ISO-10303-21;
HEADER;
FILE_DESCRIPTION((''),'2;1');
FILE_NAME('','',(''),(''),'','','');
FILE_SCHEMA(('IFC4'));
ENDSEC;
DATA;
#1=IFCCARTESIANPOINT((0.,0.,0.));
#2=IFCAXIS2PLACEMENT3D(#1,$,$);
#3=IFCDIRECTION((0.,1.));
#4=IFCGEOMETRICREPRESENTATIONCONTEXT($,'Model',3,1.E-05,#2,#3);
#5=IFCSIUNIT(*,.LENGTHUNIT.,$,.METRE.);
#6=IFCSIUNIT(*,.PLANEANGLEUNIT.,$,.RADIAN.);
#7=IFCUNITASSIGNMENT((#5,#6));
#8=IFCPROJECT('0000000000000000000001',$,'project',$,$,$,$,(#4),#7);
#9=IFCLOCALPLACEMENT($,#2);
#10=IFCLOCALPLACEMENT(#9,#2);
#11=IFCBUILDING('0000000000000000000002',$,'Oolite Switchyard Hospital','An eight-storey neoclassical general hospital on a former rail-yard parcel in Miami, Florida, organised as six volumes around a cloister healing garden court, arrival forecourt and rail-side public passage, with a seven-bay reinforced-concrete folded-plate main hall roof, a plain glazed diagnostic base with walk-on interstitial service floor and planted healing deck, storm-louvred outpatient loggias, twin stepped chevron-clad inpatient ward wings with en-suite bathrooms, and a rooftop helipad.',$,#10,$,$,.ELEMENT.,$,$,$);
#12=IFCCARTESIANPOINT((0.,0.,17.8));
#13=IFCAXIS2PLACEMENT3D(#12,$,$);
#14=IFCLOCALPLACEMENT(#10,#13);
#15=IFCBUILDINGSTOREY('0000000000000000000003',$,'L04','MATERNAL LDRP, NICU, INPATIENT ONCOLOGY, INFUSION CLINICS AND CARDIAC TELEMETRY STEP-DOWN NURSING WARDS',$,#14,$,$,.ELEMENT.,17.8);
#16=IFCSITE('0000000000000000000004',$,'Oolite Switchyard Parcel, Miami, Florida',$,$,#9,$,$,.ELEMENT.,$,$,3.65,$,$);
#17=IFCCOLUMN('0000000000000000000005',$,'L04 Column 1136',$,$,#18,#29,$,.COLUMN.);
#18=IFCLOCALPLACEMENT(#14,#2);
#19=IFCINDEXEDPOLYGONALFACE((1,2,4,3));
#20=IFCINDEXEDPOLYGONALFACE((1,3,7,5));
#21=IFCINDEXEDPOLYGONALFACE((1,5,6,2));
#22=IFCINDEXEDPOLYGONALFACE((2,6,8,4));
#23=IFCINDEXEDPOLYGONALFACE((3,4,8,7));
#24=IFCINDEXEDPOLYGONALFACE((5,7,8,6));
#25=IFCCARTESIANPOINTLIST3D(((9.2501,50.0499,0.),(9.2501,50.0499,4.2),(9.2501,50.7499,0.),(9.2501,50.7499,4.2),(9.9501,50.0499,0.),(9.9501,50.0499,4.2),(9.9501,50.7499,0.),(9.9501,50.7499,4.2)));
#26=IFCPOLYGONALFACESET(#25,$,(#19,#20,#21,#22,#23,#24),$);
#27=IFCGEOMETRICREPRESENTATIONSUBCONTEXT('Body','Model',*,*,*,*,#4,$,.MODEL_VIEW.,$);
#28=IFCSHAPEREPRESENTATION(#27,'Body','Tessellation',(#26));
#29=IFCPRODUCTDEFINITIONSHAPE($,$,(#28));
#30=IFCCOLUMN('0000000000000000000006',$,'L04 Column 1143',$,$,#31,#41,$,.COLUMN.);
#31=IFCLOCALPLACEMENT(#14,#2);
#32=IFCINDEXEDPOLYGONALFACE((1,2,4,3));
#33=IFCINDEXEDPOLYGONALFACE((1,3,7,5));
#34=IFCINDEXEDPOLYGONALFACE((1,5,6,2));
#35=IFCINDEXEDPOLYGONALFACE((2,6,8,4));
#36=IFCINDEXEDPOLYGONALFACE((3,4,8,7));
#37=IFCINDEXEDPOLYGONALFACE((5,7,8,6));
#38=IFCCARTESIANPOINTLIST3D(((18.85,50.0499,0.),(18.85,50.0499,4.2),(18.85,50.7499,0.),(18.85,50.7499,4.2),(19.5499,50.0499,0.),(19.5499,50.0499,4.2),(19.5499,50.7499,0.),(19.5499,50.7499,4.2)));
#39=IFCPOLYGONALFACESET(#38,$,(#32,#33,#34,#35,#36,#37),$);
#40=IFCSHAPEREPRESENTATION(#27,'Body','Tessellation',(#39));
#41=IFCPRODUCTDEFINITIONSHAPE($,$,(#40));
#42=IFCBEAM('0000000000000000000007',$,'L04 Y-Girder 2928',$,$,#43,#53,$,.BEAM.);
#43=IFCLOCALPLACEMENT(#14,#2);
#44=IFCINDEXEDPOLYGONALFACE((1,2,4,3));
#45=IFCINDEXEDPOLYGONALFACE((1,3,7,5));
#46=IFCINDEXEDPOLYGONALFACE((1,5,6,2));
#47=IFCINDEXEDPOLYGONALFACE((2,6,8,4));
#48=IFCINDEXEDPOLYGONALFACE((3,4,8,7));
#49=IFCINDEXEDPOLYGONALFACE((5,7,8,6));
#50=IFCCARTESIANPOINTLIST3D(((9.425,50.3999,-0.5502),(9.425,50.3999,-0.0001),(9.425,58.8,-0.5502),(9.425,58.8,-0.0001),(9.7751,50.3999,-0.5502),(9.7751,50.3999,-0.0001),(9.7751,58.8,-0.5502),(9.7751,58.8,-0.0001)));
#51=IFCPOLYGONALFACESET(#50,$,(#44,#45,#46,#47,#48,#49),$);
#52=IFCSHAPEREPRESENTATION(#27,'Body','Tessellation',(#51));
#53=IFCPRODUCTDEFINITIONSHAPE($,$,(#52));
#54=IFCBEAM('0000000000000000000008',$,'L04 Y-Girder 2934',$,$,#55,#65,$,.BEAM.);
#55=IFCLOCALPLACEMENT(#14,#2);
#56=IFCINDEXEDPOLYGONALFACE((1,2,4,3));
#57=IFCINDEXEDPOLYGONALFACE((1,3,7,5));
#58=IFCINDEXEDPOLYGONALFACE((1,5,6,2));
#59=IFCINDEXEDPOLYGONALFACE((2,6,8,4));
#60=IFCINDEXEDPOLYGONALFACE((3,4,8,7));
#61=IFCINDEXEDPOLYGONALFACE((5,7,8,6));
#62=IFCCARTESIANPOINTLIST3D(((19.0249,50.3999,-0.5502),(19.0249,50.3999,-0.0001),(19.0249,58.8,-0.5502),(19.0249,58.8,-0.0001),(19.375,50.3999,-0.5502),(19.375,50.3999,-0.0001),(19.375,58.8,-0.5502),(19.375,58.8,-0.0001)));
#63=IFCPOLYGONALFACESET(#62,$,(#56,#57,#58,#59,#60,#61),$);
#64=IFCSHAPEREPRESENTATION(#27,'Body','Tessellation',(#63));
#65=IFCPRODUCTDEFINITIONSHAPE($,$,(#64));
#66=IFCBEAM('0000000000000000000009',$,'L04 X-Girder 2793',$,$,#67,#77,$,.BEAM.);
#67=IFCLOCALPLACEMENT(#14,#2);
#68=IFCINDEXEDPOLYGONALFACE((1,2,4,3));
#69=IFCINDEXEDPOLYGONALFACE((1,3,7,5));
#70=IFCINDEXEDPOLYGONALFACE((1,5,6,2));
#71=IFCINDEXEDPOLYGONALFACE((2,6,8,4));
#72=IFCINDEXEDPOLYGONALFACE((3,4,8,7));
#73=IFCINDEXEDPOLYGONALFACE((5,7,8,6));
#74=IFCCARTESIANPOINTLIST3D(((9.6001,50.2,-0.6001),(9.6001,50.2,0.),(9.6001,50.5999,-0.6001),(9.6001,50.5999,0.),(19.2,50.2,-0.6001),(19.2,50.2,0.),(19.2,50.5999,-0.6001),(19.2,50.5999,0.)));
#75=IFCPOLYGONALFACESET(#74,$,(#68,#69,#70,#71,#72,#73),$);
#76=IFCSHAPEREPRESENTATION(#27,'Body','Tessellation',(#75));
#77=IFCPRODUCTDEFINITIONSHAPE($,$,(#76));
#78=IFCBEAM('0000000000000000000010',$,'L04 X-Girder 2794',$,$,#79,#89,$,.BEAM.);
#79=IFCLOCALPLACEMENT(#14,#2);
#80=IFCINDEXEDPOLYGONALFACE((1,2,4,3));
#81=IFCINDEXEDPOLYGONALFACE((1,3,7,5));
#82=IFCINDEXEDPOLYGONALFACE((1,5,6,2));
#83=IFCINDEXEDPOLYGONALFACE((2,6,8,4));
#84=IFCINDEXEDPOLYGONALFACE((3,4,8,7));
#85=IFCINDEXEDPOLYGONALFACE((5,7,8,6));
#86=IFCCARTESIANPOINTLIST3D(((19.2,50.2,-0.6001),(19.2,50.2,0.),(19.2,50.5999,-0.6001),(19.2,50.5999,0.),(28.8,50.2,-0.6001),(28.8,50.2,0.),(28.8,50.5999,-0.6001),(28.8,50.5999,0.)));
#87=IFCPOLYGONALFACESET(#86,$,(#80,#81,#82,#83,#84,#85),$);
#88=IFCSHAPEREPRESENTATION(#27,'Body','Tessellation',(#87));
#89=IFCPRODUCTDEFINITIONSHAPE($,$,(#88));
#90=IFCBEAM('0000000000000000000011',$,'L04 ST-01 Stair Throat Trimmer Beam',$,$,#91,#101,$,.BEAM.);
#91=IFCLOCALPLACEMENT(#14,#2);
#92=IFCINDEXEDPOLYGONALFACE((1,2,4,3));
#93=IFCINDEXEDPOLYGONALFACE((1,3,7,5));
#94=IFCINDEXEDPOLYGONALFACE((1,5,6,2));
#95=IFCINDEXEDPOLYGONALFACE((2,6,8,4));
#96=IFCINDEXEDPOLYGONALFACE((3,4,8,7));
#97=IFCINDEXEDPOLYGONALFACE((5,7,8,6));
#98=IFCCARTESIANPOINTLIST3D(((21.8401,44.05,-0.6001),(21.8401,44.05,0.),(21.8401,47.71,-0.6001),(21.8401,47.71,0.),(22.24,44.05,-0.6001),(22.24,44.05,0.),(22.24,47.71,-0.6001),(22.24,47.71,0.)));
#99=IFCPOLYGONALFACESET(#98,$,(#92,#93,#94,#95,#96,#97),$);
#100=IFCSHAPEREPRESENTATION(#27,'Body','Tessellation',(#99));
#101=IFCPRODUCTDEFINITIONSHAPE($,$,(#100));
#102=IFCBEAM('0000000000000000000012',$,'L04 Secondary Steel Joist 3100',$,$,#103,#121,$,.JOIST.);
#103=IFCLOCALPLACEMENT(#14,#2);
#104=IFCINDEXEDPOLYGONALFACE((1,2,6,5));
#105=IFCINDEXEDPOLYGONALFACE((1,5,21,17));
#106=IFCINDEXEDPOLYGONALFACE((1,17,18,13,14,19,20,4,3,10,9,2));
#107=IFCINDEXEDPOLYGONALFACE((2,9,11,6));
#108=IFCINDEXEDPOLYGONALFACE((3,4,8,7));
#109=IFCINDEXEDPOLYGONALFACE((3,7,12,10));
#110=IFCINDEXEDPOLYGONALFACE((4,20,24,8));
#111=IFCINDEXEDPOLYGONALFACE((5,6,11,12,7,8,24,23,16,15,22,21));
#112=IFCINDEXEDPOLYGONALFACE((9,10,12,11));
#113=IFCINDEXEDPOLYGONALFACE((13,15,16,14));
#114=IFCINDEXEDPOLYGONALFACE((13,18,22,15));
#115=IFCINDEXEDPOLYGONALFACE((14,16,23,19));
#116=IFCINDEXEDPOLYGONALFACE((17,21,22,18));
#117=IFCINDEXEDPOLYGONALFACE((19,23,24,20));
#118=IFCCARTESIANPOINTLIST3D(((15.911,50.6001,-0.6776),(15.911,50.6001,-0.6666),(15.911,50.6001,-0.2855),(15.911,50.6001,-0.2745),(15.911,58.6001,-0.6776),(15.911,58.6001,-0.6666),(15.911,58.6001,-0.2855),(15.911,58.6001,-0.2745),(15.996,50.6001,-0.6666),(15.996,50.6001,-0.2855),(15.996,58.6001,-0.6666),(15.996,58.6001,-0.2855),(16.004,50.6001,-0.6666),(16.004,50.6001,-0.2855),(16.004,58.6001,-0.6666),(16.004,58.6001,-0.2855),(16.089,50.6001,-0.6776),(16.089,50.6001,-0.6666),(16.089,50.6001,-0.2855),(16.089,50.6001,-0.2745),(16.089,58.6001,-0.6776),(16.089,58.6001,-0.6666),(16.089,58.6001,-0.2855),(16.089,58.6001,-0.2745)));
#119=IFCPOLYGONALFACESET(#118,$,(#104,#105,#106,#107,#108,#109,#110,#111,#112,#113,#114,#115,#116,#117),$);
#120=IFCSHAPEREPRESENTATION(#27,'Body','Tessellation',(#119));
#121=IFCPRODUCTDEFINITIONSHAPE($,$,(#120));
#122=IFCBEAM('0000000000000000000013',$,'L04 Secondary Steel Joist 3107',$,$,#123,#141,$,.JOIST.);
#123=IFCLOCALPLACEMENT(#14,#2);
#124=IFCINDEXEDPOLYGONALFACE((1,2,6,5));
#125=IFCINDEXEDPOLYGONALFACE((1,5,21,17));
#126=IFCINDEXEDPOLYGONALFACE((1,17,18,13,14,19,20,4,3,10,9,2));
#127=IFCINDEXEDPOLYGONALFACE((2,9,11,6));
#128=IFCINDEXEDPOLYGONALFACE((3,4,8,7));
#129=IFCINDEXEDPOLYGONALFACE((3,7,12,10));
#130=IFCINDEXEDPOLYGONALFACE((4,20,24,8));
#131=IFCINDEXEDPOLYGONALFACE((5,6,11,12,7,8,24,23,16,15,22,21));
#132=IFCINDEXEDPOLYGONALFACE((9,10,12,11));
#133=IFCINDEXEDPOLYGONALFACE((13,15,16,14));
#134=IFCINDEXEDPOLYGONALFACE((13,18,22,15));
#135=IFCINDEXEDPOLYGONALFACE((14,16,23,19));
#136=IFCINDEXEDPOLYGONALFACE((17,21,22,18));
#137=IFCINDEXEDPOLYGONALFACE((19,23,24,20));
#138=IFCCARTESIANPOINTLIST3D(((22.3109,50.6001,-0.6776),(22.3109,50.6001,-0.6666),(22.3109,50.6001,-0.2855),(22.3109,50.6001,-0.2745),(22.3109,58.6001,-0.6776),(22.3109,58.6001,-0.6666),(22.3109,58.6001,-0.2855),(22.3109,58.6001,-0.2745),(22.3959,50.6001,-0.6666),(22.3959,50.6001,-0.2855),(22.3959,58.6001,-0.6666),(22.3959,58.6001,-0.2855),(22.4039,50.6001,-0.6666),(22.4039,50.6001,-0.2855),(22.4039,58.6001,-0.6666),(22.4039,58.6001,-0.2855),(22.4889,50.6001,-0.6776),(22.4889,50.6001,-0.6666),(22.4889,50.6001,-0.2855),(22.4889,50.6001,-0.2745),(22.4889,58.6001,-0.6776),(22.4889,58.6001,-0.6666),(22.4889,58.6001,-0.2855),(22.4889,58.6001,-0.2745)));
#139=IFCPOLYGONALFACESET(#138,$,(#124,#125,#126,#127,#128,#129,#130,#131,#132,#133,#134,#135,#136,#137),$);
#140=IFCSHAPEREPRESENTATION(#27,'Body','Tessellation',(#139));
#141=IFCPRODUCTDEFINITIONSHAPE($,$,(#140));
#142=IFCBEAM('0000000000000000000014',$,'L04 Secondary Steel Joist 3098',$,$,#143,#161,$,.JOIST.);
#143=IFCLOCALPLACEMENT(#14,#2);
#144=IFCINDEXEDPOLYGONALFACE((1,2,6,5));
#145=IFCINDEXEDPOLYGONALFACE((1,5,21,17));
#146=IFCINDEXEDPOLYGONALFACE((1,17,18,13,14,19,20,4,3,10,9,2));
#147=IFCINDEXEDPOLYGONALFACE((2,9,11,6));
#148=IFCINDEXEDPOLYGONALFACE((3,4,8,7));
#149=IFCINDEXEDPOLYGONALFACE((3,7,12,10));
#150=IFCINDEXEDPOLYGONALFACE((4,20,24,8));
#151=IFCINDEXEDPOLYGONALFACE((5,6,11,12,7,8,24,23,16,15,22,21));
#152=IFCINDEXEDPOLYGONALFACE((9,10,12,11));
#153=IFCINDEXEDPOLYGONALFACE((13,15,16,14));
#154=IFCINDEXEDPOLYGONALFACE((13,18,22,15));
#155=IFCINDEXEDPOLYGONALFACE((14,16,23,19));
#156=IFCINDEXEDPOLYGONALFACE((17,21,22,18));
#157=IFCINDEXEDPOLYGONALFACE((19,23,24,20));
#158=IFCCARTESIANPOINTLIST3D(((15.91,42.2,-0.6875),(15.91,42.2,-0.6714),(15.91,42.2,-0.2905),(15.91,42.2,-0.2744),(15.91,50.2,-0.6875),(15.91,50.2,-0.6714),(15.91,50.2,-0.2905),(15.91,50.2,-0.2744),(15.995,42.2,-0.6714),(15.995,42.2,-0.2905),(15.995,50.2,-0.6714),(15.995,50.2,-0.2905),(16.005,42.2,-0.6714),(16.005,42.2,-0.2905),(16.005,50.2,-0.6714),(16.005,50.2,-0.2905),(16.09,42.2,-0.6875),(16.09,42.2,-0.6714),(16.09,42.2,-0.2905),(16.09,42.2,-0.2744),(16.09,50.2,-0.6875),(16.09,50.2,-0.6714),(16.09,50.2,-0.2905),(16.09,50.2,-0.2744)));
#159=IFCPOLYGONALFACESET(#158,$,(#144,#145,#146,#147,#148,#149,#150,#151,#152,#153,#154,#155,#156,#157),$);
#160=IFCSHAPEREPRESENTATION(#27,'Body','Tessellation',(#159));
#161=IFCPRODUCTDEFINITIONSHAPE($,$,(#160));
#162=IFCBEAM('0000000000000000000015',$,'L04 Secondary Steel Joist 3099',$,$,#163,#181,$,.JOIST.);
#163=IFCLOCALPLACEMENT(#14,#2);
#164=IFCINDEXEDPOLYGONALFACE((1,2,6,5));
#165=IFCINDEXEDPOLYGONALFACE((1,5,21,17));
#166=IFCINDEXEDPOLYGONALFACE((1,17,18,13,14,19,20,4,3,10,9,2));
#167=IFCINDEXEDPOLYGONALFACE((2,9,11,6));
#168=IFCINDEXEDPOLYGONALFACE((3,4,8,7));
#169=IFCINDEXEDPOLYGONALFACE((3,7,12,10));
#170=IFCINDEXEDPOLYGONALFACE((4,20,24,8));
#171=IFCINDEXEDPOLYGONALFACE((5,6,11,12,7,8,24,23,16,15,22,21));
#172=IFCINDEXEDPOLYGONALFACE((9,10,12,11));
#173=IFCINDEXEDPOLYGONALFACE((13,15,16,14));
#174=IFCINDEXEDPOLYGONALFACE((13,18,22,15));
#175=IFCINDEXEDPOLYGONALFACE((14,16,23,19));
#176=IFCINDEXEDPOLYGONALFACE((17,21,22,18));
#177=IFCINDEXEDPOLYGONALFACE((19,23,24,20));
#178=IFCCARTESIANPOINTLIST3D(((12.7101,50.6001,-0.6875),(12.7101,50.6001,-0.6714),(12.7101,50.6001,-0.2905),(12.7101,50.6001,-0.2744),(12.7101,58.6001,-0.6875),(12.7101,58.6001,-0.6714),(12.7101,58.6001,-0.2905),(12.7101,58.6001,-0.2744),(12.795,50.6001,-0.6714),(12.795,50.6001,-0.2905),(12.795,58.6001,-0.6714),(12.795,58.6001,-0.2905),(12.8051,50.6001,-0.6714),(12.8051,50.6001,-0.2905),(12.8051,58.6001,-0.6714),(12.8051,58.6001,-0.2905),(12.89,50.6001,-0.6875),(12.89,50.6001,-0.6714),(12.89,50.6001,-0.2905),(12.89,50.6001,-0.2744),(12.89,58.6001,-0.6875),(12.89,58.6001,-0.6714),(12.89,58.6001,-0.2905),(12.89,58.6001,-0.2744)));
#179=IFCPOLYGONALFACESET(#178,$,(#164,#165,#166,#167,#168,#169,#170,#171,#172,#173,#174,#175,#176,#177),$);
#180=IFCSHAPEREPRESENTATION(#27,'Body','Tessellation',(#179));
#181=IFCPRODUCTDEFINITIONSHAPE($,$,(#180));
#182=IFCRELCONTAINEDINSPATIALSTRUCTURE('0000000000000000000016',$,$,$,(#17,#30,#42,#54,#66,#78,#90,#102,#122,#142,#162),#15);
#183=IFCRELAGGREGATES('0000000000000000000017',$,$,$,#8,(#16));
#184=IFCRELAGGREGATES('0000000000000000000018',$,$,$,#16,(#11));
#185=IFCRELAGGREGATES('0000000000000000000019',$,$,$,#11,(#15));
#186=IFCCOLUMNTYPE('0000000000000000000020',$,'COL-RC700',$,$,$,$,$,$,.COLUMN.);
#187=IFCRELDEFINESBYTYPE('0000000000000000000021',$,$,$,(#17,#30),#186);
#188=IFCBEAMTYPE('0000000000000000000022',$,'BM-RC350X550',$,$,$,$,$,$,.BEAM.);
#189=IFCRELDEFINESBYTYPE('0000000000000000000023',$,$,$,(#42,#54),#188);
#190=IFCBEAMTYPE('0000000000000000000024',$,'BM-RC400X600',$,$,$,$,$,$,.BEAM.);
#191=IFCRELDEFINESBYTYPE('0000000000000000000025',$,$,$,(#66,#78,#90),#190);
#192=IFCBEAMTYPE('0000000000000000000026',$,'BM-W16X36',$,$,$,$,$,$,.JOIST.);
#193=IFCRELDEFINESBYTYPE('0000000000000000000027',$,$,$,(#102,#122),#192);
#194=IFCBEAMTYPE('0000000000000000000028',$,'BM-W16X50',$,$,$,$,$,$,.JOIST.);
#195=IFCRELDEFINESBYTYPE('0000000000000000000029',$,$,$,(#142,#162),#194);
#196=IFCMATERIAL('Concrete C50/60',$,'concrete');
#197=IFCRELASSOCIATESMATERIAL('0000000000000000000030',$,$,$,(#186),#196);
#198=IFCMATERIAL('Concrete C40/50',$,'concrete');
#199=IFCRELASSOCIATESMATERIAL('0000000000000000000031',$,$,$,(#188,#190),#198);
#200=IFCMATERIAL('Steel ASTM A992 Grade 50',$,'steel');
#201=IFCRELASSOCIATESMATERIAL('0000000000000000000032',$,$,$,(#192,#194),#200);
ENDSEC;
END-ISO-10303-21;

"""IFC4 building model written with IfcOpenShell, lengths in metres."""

from ifc_helpers import new_model, si_unit, direction, frame, origin, origin_2d, place, context, subcontext, project, spatial, rectangle, i_section, extrude, material, material_profile, profile_set, type_object, element, save


model = new_model("IFC4")

# Units and contexts
model_context = context("Model", 3, precision=1e-05, world=origin(), true_north=direction((0.0, 1.0)))
body_context = subcontext(model_context, "Body", "Model", "MODEL_VIEW")
ifc_project = project(units=[si_unit("LENGTHUNIT", "METRE"), si_unit("PLANEANGLEUNIT", "RADIAN")], contexts=[model_context])

# Site, building, storey
site_placement = place(None, origin())
site = spatial("IfcSite", under=ifc_project, at=site_placement, Name="Oolite Switchyard Parcel, Miami, Florida", CompositionType="ELEMENT", RefElevation=3.65)
building_placement = place(site_placement, origin())
building = spatial("IfcBuilding", under=site, at=building_placement, Name="Oolite Switchyard Hospital", Description="An eight-storey neoclassical general hospital on a former rail-yard parcel in Miami, Florida, organised as six volumes around a cloister healing garden court, arrival forecourt and rail-side public passage, with a seven-bay reinforced-concrete folded-plate main hall roof, a plain glazed diagnostic base with walk-on interstitial service floor and planted healing deck, storm-louvred outpatient loggias, twin stepped chevron-clad inpatient ward wings with en-suite bathrooms, and a rooftop helipad.", CompositionType="ELEMENT")
storey_placement = place(building_placement, frame((0.0, 0.0, 17.8)))
storey = spatial("IfcBuildingStorey", under=building, at=storey_placement, Name="L04", Description="MATERNAL LDRP, NICU, INPATIENT ONCOLOGY, INFUSION CLINICS AND CARDIAC TELEMETRY STEP-DOWN NURSING WARDS", CompositionType="ELEMENT", Elevation=17.8)

# Columns
ifc_material_1 = material(Name="Concrete C50/60", Category="concrete")
ifc_material_profile_1 = material_profile(ifc_material_1, rectangle(XDim=0.7, YDim=0.7, at=origin_2d()), Name="RC700X700")
ifc_profile_set_1 = profile_set([ifc_material_profile_1], Name="Concrete C50/60")
column_type = type_object("IfcColumnType", Name="COL-RC700", PredefinedType="COLUMN", material=ifc_profile_set_1)
for number, where, z_axis, x_axis, name in (
    (1, (9.6001, 50.3999, 0.0), (0.0, 0.0, 1.0), (1.0, 0.0, 0.0), "L04 Column 1136"),
    (2, (19.2, 50.3999, 0.0), (0.0, 0.0, 1.0), (1.0, 0.0, 0.0), "L04 Column 1143"),
):
    element("IfcColumn", number, at=place(storey_placement, frame(where, z_axis=z_axis, x_axis=x_axis)), inside=storey, type_object=column_type, Name=name, PredefinedType="COLUMN", context=body_context, shape_type="SweptSolid", body=[
        extrude(rectangle(XDim=0.7, YDim=0.7, at=origin_2d()), origin(), (0.0, 0.0, 1.0), 4.2),
    ])

# Beams
ifc_material_2 = material(Name="Concrete C40/50", Category="concrete")
ifc_material_profile_2 = material_profile(ifc_material_2, rectangle(XDim=0.3501, YDim=0.55, at=origin_2d()), Name="RCB350X550")
ifc_profile_set_2 = profile_set([ifc_material_profile_2], Name="Concrete C40/50")
beam_type_1 = type_object("IfcBeamType", Name="BM-RC350X550", PredefinedType="BEAM", material=ifc_profile_set_2)
for number, where, z_axis, x_axis, name in (
    (3, (9.6001, 50.3999, -0.2751), (0.0, 1.0, 0.0), (-1.0, 0.0, 0.0), "L04 Y-Girder 2928"),
    (4, (19.2, 50.3999, -0.2751), (0.0, 1.0, 0.0), (-1.0, 0.0, 0.0), "L04 Y-Girder 2934"),
):
    element("IfcBeam", number, at=place(storey_placement, frame(where, z_axis=z_axis, x_axis=x_axis)), inside=storey, type_object=beam_type_1, Name=name, PredefinedType="BEAM", context=body_context, shape_type="SweptSolid", body=[
        extrude(rectangle(XDim=0.3501, YDim=0.55, at=origin_2d()), origin(), (0.0, 0.0, 1.0), 8.4001),
    ])
ifc_material_profile_3 = material_profile(ifc_material_2, rectangle(XDim=0.3999, YDim=0.6001, at=origin_2d()), Name="RCB400X600")
ifc_profile_set_3 = profile_set([ifc_material_profile_3], Name="Concrete C40/50")
beam_type_2 = type_object("IfcBeamType", Name="BM-RC400X600", PredefinedType="BEAM", material=ifc_profile_set_3)
beam_1_placement = place(storey_placement, frame((9.6001, 50.3999, -0.3), z_axis=(1.0, 0.0, 0.0), x_axis=(0.0, 1.0, 0.0)))
element("IfcBeam", 5, at=beam_1_placement, inside=storey, type_object=beam_type_2, Name="L04 X-Girder 2793", PredefinedType="BEAM", context=body_context, shape_type="SweptSolid", body=[
    extrude(rectangle(XDim=0.3999, YDim=0.6001, at=origin_2d()), origin(), (0.0, 0.0, 1.0), 9.5999),
])
beam_2_placement = place(storey_placement, frame((19.2, 50.3999, -0.3), z_axis=(1.0, 0.0, 0.0), x_axis=(0.0, 1.0, 0.0)))
element("IfcBeam", 6, at=beam_2_placement, inside=storey, type_object=beam_type_2, Name="L04 X-Girder 2794", PredefinedType="BEAM", context=body_context, shape_type="SweptSolid", body=[
    extrude(rectangle(XDim=0.3999, YDim=0.6001, at=origin_2d()), origin(), (0.0, 0.0, 1.0), 9.6001),
])
beam_3_placement = place(storey_placement, frame((22.04, 44.05, -0.3), z_axis=(0.0, 1.0, 0.0), x_axis=(-1.0, 0.0, 0.0)))
element("IfcBeam", 7, at=beam_3_placement, inside=storey, type_object=beam_type_2, Name="L04 ST-01 Stair Throat Trimmer Beam", PredefinedType="BEAM", context=body_context, shape_type="SweptSolid", body=[
    extrude(rectangle(XDim=0.3999, YDim=0.6001, at=origin_2d()), origin(), (0.0, 0.0, 1.0), 3.6599),
])
ifc_material_3 = material(Name="Steel ASTM A992 Grade 50", Category="steel")
ifc_material_profile_4 = material_profile(ifc_material_3, i_section(OverallWidth=0.178, OverallDepth=0.4031, WebThickness=0.0081, FlangeThickness=0.011, at=origin_2d()), Name="W16X36")
ifc_profile_set_4 = profile_set([ifc_material_profile_4], Name="Steel ASTM A992 Grade 50")
beam_type_3 = type_object("IfcBeamType", Name="BM-W16X36", PredefinedType="JOIST", material=ifc_profile_set_4)
for number, where, z_axis, x_axis, name in (
    (8, (16.0, 50.6001, -0.4761), (0.0, 1.0, 0.0), (-1.0, 0.0, 0.0), "L04 Secondary Steel Joist 3100"),
    (9, (22.3999, 50.6001, -0.4761), (0.0, 1.0, 0.0), (-1.0, 0.0, 0.0), "L04 Secondary Steel Joist 3107"),
):
    element("IfcBeam", number, at=place(storey_placement, frame(where, z_axis=z_axis, x_axis=x_axis)), inside=storey, type_object=beam_type_3, Name=name, PredefinedType="JOIST", context=body_context, shape_type="SweptSolid", body=[
        extrude(i_section(OverallWidth=0.178, OverallDepth=0.4031, WebThickness=0.0081, FlangeThickness=0.011, at=origin_2d()), origin(), (0.0, 0.0, 1.0), 8.0),
    ])
ifc_material_profile_5 = material_profile(ifc_material_3, i_section(OverallWidth=0.1799, OverallDepth=0.4131, WebThickness=0.01, FlangeThickness=0.0161, at=origin_2d()), Name="W16X50")
ifc_profile_set_5 = profile_set([ifc_material_profile_5], Name="Steel ASTM A992 Grade 50")
beam_type_4 = type_object("IfcBeamType", Name="BM-W16X50", PredefinedType="JOIST", material=ifc_profile_set_5)
for number, where, z_axis, x_axis, name in (
    (10, (16.0, 42.2, -0.481), (0.0, 1.0, 0.0), (-1.0, 0.0, 0.0), "L04 Secondary Steel Joist 3098"),
    (11, (12.8, 50.6001, -0.481), (0.0, 1.0, 0.0), (-1.0, 0.0, 0.0), "L04 Secondary Steel Joist 3099"),
):
    element("IfcBeam", number, at=place(storey_placement, frame(where, z_axis=z_axis, x_axis=x_axis)), inside=storey, type_object=beam_type_4, Name=name, PredefinedType="JOIST", context=body_context, shape_type="SweptSolid", body=[
        extrude(i_section(OverallWidth=0.1799, OverallDepth=0.4131, WebThickness=0.01, FlangeThickness=0.0161, at=origin_2d()), origin(), (0.0, 0.0, 1.0), 8.0),
    ])

save(model, "model.ifc")
